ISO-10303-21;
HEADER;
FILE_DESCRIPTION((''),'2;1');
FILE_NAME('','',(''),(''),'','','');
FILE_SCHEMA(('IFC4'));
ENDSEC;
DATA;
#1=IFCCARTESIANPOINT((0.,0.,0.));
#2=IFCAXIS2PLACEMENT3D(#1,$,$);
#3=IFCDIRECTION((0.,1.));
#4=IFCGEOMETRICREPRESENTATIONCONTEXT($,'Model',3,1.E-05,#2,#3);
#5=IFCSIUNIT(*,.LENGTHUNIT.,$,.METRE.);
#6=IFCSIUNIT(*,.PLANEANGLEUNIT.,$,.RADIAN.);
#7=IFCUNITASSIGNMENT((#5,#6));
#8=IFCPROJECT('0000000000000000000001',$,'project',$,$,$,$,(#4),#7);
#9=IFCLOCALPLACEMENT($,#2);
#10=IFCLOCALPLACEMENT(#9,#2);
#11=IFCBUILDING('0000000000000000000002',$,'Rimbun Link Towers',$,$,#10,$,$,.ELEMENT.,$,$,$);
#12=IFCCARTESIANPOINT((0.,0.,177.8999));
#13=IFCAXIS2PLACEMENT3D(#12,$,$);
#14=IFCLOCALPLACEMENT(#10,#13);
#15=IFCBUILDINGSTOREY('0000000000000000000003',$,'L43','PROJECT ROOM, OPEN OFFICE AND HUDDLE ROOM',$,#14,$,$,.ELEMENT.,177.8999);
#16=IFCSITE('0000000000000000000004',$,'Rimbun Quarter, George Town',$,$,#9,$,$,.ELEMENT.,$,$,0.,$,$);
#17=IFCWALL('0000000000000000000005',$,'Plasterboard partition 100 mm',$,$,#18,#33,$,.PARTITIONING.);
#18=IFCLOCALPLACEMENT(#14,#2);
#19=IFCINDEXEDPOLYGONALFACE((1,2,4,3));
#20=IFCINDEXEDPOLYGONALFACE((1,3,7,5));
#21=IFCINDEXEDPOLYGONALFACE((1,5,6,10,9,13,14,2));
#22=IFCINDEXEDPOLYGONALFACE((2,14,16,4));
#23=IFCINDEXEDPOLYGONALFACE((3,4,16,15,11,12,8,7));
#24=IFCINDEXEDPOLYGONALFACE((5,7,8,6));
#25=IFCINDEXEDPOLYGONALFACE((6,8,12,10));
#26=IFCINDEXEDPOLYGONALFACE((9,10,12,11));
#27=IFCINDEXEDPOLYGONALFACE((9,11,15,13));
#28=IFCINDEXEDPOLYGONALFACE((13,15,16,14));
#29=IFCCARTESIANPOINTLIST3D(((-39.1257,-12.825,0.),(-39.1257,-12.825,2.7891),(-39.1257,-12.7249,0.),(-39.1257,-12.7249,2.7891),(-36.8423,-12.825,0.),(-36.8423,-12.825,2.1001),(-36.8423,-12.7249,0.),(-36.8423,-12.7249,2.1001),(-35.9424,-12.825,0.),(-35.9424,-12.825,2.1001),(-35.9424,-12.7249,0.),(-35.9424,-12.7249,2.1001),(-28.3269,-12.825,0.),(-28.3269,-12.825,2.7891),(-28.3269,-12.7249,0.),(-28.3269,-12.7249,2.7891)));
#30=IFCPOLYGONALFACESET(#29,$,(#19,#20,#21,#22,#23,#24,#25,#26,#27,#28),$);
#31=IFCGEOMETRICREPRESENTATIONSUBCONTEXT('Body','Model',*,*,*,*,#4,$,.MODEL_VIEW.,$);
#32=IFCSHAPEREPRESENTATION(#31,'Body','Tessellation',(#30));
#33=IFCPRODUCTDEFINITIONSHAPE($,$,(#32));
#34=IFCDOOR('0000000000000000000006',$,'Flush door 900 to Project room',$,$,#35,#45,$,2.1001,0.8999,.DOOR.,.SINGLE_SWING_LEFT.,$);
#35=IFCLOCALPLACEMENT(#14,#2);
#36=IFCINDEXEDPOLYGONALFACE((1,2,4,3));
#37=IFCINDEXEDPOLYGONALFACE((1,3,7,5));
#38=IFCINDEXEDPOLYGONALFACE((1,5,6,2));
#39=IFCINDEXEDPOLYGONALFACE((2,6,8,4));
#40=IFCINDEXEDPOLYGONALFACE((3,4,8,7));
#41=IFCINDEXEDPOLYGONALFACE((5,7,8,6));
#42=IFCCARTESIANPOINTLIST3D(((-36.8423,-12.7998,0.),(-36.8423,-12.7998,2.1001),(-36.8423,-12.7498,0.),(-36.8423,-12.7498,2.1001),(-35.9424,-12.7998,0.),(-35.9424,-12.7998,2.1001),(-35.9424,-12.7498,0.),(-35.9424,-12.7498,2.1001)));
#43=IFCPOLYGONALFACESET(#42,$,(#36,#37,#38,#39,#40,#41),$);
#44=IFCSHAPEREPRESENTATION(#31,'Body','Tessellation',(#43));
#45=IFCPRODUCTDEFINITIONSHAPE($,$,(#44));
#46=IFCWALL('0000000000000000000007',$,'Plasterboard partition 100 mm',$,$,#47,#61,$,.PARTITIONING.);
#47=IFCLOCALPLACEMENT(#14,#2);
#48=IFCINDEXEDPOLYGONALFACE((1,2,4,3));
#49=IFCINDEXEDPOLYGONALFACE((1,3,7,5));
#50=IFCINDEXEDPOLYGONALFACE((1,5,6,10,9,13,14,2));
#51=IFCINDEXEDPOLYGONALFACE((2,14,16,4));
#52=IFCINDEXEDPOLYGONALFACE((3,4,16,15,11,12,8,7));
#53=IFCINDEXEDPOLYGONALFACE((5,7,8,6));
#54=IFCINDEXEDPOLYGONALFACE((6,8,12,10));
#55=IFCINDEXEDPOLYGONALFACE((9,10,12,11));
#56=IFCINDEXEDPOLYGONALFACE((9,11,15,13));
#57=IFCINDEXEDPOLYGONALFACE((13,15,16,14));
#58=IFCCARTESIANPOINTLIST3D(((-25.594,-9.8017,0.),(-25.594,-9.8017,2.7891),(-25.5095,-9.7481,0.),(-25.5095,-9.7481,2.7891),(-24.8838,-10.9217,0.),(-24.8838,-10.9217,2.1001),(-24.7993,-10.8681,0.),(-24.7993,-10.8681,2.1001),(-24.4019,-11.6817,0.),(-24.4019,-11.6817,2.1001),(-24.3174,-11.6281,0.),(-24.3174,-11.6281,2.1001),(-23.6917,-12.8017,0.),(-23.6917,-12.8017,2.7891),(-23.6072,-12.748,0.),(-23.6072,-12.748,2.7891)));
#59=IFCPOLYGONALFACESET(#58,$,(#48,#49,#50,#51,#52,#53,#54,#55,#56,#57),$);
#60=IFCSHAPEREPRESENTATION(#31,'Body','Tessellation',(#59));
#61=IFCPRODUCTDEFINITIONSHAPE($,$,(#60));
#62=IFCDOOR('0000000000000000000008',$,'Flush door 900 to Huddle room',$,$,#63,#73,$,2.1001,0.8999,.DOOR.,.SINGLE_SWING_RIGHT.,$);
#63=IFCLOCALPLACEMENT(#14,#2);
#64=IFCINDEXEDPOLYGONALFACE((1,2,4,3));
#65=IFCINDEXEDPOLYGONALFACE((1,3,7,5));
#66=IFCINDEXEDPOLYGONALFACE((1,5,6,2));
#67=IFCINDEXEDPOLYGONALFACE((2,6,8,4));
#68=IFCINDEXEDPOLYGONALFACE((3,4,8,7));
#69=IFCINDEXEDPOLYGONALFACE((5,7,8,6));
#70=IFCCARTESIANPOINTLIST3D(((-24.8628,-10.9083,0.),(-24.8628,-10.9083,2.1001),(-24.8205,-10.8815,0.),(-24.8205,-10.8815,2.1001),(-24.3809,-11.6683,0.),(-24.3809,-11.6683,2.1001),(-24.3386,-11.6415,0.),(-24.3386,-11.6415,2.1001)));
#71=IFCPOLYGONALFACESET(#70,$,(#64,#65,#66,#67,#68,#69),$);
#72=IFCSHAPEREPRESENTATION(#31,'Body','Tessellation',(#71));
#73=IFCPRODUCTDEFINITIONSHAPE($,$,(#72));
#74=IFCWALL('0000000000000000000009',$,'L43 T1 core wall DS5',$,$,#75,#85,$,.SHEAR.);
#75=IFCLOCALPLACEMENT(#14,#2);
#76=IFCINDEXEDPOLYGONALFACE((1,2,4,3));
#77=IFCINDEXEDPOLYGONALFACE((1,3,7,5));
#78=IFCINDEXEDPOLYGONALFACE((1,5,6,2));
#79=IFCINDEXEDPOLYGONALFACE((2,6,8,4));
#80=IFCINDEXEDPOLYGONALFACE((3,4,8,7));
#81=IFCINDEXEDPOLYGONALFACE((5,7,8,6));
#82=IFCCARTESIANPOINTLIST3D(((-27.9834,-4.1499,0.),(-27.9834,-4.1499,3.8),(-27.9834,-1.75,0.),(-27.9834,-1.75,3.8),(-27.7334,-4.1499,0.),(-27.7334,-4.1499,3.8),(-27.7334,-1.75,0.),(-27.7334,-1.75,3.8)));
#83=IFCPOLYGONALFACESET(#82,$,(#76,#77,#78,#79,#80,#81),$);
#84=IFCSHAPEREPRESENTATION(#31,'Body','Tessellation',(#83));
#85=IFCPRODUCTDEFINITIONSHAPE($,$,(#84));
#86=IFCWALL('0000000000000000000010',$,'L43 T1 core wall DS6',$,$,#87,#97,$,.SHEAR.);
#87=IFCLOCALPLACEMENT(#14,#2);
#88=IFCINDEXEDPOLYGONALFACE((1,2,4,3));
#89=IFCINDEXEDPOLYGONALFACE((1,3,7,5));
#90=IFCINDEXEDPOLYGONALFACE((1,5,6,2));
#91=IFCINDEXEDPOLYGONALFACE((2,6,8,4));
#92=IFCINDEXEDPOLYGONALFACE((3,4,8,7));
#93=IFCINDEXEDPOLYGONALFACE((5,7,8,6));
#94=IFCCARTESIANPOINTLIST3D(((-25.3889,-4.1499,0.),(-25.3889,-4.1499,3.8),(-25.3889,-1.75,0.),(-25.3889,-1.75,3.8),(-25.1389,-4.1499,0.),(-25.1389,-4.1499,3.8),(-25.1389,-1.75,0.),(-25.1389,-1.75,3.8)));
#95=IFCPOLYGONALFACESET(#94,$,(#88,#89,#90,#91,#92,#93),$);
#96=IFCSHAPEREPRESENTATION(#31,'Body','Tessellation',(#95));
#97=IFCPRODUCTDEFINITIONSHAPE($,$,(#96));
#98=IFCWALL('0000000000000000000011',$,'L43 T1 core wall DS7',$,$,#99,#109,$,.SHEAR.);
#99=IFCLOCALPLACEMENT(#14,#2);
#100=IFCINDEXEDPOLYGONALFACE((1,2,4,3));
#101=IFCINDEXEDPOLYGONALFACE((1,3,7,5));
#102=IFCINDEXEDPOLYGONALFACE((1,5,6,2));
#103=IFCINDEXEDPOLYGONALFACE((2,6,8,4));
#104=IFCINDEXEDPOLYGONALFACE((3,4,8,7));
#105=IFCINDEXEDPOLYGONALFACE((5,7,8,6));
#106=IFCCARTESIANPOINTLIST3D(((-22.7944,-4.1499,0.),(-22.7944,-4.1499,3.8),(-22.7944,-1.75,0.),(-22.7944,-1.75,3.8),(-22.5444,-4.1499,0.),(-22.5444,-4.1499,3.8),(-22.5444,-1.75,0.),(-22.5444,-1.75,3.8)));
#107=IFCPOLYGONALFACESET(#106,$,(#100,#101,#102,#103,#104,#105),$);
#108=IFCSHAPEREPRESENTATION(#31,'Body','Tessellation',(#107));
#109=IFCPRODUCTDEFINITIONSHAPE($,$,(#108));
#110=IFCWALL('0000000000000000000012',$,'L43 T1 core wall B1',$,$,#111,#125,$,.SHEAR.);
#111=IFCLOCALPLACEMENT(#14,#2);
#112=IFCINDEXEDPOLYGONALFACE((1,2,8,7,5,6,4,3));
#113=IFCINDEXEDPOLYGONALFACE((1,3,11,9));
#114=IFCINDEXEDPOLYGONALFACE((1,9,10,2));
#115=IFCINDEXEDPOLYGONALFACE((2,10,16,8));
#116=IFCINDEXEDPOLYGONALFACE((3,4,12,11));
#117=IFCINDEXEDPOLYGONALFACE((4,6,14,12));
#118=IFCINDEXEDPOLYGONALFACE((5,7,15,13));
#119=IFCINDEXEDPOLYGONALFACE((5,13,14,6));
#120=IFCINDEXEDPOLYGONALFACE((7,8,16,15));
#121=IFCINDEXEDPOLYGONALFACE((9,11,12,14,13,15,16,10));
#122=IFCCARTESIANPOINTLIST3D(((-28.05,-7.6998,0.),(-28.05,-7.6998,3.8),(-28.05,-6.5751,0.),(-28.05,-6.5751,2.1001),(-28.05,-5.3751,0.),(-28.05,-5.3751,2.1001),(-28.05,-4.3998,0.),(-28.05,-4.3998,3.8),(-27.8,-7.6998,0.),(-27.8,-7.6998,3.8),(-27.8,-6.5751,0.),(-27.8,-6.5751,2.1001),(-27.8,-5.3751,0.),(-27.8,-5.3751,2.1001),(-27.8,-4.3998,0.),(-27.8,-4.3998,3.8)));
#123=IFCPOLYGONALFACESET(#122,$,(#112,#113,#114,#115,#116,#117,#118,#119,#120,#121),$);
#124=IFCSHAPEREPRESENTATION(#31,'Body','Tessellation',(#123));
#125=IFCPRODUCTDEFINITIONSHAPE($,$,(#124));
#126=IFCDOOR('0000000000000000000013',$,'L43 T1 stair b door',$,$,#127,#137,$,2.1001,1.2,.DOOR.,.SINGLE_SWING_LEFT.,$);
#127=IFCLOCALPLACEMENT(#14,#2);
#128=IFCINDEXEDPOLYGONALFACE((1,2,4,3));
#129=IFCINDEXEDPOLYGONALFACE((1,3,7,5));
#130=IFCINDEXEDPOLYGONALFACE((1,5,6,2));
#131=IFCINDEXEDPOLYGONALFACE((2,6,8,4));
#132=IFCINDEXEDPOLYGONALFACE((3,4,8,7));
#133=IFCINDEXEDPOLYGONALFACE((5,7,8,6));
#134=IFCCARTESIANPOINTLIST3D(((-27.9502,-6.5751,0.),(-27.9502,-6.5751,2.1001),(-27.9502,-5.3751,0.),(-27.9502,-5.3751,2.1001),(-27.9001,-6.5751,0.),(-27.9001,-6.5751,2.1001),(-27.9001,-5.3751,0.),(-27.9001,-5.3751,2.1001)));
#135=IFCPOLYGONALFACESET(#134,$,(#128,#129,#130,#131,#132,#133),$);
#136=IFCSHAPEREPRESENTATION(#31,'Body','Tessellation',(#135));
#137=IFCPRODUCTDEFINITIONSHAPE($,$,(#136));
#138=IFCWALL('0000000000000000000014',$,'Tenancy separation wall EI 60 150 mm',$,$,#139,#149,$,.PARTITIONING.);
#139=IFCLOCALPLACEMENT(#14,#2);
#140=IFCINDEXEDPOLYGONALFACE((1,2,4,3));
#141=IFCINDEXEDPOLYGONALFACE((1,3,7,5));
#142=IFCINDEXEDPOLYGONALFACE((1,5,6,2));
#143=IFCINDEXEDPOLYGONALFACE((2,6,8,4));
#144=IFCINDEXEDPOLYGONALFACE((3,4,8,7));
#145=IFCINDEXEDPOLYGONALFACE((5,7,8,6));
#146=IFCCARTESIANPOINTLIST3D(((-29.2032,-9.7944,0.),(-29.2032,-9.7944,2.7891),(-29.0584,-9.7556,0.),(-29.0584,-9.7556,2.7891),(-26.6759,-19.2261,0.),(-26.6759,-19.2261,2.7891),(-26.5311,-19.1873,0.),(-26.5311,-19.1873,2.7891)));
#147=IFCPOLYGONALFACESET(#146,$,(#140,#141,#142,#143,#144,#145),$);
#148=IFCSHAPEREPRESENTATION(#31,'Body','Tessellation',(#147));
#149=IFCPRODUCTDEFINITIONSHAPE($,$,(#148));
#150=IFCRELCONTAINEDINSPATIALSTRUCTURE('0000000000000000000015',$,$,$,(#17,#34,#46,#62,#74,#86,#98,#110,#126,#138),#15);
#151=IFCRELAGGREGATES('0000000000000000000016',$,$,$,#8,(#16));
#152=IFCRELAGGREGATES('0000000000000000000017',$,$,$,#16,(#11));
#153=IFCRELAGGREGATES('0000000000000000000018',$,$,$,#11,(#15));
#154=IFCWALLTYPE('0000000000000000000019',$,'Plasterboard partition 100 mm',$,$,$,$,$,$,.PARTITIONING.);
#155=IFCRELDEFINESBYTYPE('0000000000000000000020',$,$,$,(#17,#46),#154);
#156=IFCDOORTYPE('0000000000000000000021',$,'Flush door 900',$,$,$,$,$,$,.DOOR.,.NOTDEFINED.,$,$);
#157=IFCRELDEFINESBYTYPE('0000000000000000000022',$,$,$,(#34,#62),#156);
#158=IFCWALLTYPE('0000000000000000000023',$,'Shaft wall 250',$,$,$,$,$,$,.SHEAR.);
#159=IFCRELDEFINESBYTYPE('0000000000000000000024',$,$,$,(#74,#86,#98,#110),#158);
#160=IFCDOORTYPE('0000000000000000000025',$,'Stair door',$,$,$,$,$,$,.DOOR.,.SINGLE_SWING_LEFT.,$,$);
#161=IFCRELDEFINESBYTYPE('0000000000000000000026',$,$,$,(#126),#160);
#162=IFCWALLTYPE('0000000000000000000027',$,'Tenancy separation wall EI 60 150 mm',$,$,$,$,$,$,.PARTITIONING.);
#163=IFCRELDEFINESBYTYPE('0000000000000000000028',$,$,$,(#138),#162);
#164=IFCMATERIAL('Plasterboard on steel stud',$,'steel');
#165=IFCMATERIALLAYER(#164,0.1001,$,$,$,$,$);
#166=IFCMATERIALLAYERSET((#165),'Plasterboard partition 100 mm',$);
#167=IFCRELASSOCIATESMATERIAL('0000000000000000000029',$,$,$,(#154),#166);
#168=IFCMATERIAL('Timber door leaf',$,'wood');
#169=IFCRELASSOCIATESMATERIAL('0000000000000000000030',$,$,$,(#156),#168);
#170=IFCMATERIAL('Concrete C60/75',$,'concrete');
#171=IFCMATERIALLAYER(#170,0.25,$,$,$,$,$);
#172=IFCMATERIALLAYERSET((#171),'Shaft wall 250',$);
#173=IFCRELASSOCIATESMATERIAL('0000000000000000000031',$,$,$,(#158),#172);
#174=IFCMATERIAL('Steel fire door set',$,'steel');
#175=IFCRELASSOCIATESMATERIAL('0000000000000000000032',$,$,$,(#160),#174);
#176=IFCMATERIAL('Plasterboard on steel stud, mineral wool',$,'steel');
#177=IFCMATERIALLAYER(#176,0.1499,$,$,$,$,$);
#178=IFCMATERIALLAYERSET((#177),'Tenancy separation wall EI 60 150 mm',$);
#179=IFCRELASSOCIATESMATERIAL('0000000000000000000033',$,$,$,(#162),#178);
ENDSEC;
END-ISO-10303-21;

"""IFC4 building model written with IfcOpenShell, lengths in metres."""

from ifc_helpers import new_model, si_unit, direction, frame, frame_2d, origin, place, context, subcontext, project, spatial, rectangle, extrude, material, layer, layer_set, type_object, element, fill, save


model = new_model("IFC4")

# Units and contexts
model_context = context("Model", 3, precision=1e-05, world=origin(), true_north=direction((0.0, 1.0)))
body_context = subcontext(model_context, "Body", "Model", "MODEL_VIEW")
ifc_project = project(units=[si_unit("LENGTHUNIT", "METRE"), si_unit("PLANEANGLEUNIT", "RADIAN")], contexts=[model_context])

# Site, building, storey
site_placement = place(None, origin())
site = spatial("IfcSite", under=ifc_project, at=site_placement, Name="Rimbun Quarter, George Town", CompositionType="ELEMENT", RefElevation=0.0)
building_placement = place(site_placement, origin())
building = spatial("IfcBuilding", under=site, at=building_placement, Name="Rimbun Link Towers", CompositionType="ELEMENT")
storey_placement = place(building_placement, frame((0.0, 0.0, 177.8999)))
storey = spatial("IfcBuildingStorey", under=building, at=storey_placement, Name="L43", Description="PROJECT ROOM, OPEN OFFICE AND HUDDLE ROOM", CompositionType="ELEMENT", Elevation=177.8999)

# Walls, openings, doors
ifc_material_1 = material(Name="Plasterboard on steel stud", Category="steel")
ifc_layer_1 = layer(ifc_material_1, 0.1001)
ifc_layer_set_1 = layer_set([ifc_layer_1], Name="Plasterboard partition 100 mm")
wall_type_1 = type_object("IfcWallType", Name="Plasterboard partition 100 mm", PredefinedType="PARTITIONING", material=ifc_layer_set_1)
wall_1_placement = place(storey_placement, frame((-28.3269, -12.7749, 0.0), z_axis=(0.0, 0.0, 1.0), x_axis=(-1.0, 0.0, 0.0)))
wall_1 = element("IfcWall", 1, at=wall_1_placement, inside=storey, type_object=wall_type_1, Name="Plasterboard partition 100 mm", PredefinedType="PARTITIONING", context=body_context, shape_type="SweptSolid", body=[
    extrude(rectangle(XDim=10.7988, YDim=0.1001, at=frame_2d((5.3994, 0.0))), origin(), (0.0, 0.0, 1.0), 2.7891),
])
opening_1_placement = place(wall_1_placement, frame((7.6155, 0.0, 0.0)))
opening_1 = element("IfcOpeningElement", 2, at=opening_1_placement, cuts=wall_1, PredefinedType="OPENING", context=body_context, shape_type="SweptSolid", body=[
    extrude(rectangle(XDim=0.8999, YDim=2.1001, at=frame_2d((0.45, 1.05))), frame((0.0, 0.0601, 0.0), z_axis=(0.0, -1.0, 0.0), x_axis=(1.0, 0.0, 0.0)), (0.0, 0.0, 1.0), 0.1201),
])
ifc_material_2 = material(Name="Timber door leaf", Category="wood")
door_type_1 = type_object("IfcDoorType", Name="Flush door 900", OperationType="NOTDEFINED", PredefinedType="DOOR", material=ifc_material_2)
door_1_placement = place(opening_1_placement, origin())
door_1 = element("IfcDoor", 3, at=door_1_placement, inside=storey, type_object=door_type_1, Name="Flush door 900 to Project room", OperationType="SINGLE_SWING_LEFT", OverallHeight=2.1001, OverallWidth=0.8999, PredefinedType="DOOR", context=body_context, shape_type="SweptSolid", body=[
    extrude(rectangle(XDim=0.8999, YDim=2.1001, at=frame_2d((0.45, 1.05))), frame((0.0, 0.0249, 0.0), z_axis=(0.0, -1.0, 0.0), x_axis=(1.0, 0.0, 0.0)), (0.0, 0.0, 1.0), 0.05),
])
fill(opening_1, door_1)
wall_2_placement = place(storey_placement, frame((-25.5518, -9.7749, 0.0), z_axis=(0.0, 0.0, 1.0), x_axis=(0.535523, -0.844521, 0.0)))
wall_2 = element("IfcWall", 4, at=wall_2_placement, inside=storey, type_object=wall_type_1, Name="Plasterboard partition 100 mm", PredefinedType="PARTITIONING", context=body_context, shape_type="SweptSolid", body=[
    extrude(rectangle(XDim=3.5522, YDim=0.1001, at=frame_2d((1.7761, 0.0))), origin(), (0.0, 0.0, 1.0), 2.7891),
])
opening_2_placement = place(wall_2_placement, frame((1.3262, 0.0, 0.0)))
opening_2 = element("IfcOpeningElement", 5, at=opening_2_placement, cuts=wall_2, PredefinedType="OPENING", context=body_context, shape_type="SweptSolid", body=[
    extrude(rectangle(XDim=0.8999, YDim=2.1001, at=frame_2d((0.45, 1.05))), frame((0.0, 0.0601, 0.0), z_axis=(0.0, -1.0, 0.0), x_axis=(1.0, 0.0, 0.0)), (0.0, 0.0, 1.0), 0.1201),
])
door_2_placement = place(opening_2_placement, origin())
door_2 = element("IfcDoor", 6, at=door_2_placement, inside=storey, type_object=door_type_1, Name="Flush door 900 to Huddle room", OperationType="SINGLE_SWING_RIGHT", OverallHeight=2.1001, OverallWidth=0.8999, PredefinedType="DOOR", context=body_context, shape_type="SweptSolid", body=[
    extrude(rectangle(XDim=0.8999, YDim=2.1001, at=frame_2d((0.45, 1.05))), frame((0.0, 0.0249, 0.0), z_axis=(0.0, -1.0, 0.0), x_axis=(1.0, 0.0, 0.0)), (0.0, 0.0, 1.0), 0.05),
])
fill(opening_2, door_2)

# Walls
ifc_material_3 = material(Name="Concrete C60/75", Category="concrete")
ifc_layer_2 = layer(ifc_material_3, 0.25)
ifc_layer_set_2 = layer_set([ifc_layer_2], Name="Shaft wall 250")
wall_type_2 = type_object("IfcWallType", Name="Shaft wall 250", PredefinedType="SHEAR", material=ifc_layer_set_2)
for number, where, z_axis, x_axis, name in (
    (7, (-27.8584, -4.1499, 0.0), (0.0, 0.0, 1.0), (0.0, 1.0, 0.0), "L43 T1 core wall DS5"),
    (8, (-25.2639, -4.1499, 0.0), (0.0, 0.0, 1.0), (0.0, 1.0, 0.0), "L43 T1 core wall DS6"),
    (9, (-22.6694, -4.1499, 0.0), (0.0, 0.0, 1.0), (0.0, 1.0, 0.0), "L43 T1 core wall DS7"),
):
    element("IfcWall", number, at=place(storey_placement, frame(where, z_axis=z_axis, x_axis=x_axis)), inside=storey, type_object=wall_type_2, Name=name, PredefinedType="SHEAR", context=body_context, shape_type="SweptSolid", body=[
        extrude(rectangle(XDim=2.3999, YDim=0.25, at=frame_2d((1.2, 0.0))), origin(), (0.0, 0.0, 1.0), 3.8),
    ])

# Wall, opening, door
wall_3_placement = place(storey_placement, frame((-27.925, -4.3999, 0.0), z_axis=(0.0, 0.0, 1.0), x_axis=(0.0, -1.0, 0.0)))
wall_3 = element("IfcWall", 10, at=wall_3_placement, inside=storey, type_object=wall_type_2, Name="L43 T1 core wall B1", PredefinedType="SHEAR", context=body_context, shape_type="SweptSolid", body=[
    extrude(rectangle(XDim=3.3, YDim=0.25, at=frame_2d((1.6499, 0.0))), origin(), (0.0, 0.0, 1.0), 3.8),
])
opening_3_placement = place(wall_3_placement, frame((0.9751, 0.0, 0.0)))
opening_3 = element("IfcOpeningElement", 11, at=opening_3_placement, cuts=wall_3, PredefinedType="OPENING", context=body_context, shape_type="SweptSolid", body=[
    extrude(rectangle(XDim=1.2, YDim=2.1001, at=frame_2d((0.6001, 1.05))), frame((0.0, 0.135, 0.0), z_axis=(0.0, -1.0, 0.0), x_axis=(1.0, 0.0, 0.0)), (0.0, 0.0, 1.0), 0.27),
])
ifc_material_4 = material(Name="Steel fire door set", Category="steel")
door_type_2 = type_object("IfcDoorType", Name="Stair door", OperationType="SINGLE_SWING_LEFT", PredefinedType="DOOR", material=ifc_material_4)
door_3_placement = place(opening_3_placement, origin())
door_3 = element("IfcDoor", 12, at=door_3_placement, inside=storey, type_object=door_type_2, Name="L43 T1 stair b door", OperationType="SINGLE_SWING_LEFT", OverallHeight=2.1001, OverallWidth=1.2, PredefinedType="DOOR", context=body_context, shape_type="SweptSolid", body=[
    extrude(rectangle(XDim=1.2, YDim=2.1001, at=frame_2d((0.6001, 1.05))), frame((0.0, 0.0249, 0.0), z_axis=(0.0, -1.0, 0.0), x_axis=(1.0, 0.0, 0.0)), (0.0, 0.0, 1.0), 0.05),
])
fill(opening_3, door_3)

# Wall
ifc_material_5 = material(Name="Plasterboard on steel stud, mineral wool", Category="steel")
ifc_layer_3 = layer(ifc_material_5, 0.1499)
ifc_layer_set_3 = layer_set([ifc_layer_3], Name="Tenancy separation wall EI 60 150 mm")
wall_type_3 = type_object("IfcWallType", Name="Tenancy separation wall EI 60 150 mm", PredefinedType="PARTITIONING", material=ifc_layer_set_3)
wall_4_placement = place(storey_placement, frame((-29.1309, -9.7749, 0.0), z_axis=(0.0, 0.0, 1.0), x_axis=(0.258833, -0.965922, 0.0)))
element("IfcWall", 13, at=wall_4_placement, inside=storey, type_object=wall_type_3, Name="Tenancy separation wall EI 60 150 mm", PredefinedType="PARTITIONING", context=body_context, shape_type="SweptSolid", body=[
    extrude(rectangle(XDim=9.7644, YDim=0.1499, at=frame_2d((4.8823, 0.0))), origin(), (0.0, 0.0, 1.0), 2.7891),
])

save(model, "model.ifc")
